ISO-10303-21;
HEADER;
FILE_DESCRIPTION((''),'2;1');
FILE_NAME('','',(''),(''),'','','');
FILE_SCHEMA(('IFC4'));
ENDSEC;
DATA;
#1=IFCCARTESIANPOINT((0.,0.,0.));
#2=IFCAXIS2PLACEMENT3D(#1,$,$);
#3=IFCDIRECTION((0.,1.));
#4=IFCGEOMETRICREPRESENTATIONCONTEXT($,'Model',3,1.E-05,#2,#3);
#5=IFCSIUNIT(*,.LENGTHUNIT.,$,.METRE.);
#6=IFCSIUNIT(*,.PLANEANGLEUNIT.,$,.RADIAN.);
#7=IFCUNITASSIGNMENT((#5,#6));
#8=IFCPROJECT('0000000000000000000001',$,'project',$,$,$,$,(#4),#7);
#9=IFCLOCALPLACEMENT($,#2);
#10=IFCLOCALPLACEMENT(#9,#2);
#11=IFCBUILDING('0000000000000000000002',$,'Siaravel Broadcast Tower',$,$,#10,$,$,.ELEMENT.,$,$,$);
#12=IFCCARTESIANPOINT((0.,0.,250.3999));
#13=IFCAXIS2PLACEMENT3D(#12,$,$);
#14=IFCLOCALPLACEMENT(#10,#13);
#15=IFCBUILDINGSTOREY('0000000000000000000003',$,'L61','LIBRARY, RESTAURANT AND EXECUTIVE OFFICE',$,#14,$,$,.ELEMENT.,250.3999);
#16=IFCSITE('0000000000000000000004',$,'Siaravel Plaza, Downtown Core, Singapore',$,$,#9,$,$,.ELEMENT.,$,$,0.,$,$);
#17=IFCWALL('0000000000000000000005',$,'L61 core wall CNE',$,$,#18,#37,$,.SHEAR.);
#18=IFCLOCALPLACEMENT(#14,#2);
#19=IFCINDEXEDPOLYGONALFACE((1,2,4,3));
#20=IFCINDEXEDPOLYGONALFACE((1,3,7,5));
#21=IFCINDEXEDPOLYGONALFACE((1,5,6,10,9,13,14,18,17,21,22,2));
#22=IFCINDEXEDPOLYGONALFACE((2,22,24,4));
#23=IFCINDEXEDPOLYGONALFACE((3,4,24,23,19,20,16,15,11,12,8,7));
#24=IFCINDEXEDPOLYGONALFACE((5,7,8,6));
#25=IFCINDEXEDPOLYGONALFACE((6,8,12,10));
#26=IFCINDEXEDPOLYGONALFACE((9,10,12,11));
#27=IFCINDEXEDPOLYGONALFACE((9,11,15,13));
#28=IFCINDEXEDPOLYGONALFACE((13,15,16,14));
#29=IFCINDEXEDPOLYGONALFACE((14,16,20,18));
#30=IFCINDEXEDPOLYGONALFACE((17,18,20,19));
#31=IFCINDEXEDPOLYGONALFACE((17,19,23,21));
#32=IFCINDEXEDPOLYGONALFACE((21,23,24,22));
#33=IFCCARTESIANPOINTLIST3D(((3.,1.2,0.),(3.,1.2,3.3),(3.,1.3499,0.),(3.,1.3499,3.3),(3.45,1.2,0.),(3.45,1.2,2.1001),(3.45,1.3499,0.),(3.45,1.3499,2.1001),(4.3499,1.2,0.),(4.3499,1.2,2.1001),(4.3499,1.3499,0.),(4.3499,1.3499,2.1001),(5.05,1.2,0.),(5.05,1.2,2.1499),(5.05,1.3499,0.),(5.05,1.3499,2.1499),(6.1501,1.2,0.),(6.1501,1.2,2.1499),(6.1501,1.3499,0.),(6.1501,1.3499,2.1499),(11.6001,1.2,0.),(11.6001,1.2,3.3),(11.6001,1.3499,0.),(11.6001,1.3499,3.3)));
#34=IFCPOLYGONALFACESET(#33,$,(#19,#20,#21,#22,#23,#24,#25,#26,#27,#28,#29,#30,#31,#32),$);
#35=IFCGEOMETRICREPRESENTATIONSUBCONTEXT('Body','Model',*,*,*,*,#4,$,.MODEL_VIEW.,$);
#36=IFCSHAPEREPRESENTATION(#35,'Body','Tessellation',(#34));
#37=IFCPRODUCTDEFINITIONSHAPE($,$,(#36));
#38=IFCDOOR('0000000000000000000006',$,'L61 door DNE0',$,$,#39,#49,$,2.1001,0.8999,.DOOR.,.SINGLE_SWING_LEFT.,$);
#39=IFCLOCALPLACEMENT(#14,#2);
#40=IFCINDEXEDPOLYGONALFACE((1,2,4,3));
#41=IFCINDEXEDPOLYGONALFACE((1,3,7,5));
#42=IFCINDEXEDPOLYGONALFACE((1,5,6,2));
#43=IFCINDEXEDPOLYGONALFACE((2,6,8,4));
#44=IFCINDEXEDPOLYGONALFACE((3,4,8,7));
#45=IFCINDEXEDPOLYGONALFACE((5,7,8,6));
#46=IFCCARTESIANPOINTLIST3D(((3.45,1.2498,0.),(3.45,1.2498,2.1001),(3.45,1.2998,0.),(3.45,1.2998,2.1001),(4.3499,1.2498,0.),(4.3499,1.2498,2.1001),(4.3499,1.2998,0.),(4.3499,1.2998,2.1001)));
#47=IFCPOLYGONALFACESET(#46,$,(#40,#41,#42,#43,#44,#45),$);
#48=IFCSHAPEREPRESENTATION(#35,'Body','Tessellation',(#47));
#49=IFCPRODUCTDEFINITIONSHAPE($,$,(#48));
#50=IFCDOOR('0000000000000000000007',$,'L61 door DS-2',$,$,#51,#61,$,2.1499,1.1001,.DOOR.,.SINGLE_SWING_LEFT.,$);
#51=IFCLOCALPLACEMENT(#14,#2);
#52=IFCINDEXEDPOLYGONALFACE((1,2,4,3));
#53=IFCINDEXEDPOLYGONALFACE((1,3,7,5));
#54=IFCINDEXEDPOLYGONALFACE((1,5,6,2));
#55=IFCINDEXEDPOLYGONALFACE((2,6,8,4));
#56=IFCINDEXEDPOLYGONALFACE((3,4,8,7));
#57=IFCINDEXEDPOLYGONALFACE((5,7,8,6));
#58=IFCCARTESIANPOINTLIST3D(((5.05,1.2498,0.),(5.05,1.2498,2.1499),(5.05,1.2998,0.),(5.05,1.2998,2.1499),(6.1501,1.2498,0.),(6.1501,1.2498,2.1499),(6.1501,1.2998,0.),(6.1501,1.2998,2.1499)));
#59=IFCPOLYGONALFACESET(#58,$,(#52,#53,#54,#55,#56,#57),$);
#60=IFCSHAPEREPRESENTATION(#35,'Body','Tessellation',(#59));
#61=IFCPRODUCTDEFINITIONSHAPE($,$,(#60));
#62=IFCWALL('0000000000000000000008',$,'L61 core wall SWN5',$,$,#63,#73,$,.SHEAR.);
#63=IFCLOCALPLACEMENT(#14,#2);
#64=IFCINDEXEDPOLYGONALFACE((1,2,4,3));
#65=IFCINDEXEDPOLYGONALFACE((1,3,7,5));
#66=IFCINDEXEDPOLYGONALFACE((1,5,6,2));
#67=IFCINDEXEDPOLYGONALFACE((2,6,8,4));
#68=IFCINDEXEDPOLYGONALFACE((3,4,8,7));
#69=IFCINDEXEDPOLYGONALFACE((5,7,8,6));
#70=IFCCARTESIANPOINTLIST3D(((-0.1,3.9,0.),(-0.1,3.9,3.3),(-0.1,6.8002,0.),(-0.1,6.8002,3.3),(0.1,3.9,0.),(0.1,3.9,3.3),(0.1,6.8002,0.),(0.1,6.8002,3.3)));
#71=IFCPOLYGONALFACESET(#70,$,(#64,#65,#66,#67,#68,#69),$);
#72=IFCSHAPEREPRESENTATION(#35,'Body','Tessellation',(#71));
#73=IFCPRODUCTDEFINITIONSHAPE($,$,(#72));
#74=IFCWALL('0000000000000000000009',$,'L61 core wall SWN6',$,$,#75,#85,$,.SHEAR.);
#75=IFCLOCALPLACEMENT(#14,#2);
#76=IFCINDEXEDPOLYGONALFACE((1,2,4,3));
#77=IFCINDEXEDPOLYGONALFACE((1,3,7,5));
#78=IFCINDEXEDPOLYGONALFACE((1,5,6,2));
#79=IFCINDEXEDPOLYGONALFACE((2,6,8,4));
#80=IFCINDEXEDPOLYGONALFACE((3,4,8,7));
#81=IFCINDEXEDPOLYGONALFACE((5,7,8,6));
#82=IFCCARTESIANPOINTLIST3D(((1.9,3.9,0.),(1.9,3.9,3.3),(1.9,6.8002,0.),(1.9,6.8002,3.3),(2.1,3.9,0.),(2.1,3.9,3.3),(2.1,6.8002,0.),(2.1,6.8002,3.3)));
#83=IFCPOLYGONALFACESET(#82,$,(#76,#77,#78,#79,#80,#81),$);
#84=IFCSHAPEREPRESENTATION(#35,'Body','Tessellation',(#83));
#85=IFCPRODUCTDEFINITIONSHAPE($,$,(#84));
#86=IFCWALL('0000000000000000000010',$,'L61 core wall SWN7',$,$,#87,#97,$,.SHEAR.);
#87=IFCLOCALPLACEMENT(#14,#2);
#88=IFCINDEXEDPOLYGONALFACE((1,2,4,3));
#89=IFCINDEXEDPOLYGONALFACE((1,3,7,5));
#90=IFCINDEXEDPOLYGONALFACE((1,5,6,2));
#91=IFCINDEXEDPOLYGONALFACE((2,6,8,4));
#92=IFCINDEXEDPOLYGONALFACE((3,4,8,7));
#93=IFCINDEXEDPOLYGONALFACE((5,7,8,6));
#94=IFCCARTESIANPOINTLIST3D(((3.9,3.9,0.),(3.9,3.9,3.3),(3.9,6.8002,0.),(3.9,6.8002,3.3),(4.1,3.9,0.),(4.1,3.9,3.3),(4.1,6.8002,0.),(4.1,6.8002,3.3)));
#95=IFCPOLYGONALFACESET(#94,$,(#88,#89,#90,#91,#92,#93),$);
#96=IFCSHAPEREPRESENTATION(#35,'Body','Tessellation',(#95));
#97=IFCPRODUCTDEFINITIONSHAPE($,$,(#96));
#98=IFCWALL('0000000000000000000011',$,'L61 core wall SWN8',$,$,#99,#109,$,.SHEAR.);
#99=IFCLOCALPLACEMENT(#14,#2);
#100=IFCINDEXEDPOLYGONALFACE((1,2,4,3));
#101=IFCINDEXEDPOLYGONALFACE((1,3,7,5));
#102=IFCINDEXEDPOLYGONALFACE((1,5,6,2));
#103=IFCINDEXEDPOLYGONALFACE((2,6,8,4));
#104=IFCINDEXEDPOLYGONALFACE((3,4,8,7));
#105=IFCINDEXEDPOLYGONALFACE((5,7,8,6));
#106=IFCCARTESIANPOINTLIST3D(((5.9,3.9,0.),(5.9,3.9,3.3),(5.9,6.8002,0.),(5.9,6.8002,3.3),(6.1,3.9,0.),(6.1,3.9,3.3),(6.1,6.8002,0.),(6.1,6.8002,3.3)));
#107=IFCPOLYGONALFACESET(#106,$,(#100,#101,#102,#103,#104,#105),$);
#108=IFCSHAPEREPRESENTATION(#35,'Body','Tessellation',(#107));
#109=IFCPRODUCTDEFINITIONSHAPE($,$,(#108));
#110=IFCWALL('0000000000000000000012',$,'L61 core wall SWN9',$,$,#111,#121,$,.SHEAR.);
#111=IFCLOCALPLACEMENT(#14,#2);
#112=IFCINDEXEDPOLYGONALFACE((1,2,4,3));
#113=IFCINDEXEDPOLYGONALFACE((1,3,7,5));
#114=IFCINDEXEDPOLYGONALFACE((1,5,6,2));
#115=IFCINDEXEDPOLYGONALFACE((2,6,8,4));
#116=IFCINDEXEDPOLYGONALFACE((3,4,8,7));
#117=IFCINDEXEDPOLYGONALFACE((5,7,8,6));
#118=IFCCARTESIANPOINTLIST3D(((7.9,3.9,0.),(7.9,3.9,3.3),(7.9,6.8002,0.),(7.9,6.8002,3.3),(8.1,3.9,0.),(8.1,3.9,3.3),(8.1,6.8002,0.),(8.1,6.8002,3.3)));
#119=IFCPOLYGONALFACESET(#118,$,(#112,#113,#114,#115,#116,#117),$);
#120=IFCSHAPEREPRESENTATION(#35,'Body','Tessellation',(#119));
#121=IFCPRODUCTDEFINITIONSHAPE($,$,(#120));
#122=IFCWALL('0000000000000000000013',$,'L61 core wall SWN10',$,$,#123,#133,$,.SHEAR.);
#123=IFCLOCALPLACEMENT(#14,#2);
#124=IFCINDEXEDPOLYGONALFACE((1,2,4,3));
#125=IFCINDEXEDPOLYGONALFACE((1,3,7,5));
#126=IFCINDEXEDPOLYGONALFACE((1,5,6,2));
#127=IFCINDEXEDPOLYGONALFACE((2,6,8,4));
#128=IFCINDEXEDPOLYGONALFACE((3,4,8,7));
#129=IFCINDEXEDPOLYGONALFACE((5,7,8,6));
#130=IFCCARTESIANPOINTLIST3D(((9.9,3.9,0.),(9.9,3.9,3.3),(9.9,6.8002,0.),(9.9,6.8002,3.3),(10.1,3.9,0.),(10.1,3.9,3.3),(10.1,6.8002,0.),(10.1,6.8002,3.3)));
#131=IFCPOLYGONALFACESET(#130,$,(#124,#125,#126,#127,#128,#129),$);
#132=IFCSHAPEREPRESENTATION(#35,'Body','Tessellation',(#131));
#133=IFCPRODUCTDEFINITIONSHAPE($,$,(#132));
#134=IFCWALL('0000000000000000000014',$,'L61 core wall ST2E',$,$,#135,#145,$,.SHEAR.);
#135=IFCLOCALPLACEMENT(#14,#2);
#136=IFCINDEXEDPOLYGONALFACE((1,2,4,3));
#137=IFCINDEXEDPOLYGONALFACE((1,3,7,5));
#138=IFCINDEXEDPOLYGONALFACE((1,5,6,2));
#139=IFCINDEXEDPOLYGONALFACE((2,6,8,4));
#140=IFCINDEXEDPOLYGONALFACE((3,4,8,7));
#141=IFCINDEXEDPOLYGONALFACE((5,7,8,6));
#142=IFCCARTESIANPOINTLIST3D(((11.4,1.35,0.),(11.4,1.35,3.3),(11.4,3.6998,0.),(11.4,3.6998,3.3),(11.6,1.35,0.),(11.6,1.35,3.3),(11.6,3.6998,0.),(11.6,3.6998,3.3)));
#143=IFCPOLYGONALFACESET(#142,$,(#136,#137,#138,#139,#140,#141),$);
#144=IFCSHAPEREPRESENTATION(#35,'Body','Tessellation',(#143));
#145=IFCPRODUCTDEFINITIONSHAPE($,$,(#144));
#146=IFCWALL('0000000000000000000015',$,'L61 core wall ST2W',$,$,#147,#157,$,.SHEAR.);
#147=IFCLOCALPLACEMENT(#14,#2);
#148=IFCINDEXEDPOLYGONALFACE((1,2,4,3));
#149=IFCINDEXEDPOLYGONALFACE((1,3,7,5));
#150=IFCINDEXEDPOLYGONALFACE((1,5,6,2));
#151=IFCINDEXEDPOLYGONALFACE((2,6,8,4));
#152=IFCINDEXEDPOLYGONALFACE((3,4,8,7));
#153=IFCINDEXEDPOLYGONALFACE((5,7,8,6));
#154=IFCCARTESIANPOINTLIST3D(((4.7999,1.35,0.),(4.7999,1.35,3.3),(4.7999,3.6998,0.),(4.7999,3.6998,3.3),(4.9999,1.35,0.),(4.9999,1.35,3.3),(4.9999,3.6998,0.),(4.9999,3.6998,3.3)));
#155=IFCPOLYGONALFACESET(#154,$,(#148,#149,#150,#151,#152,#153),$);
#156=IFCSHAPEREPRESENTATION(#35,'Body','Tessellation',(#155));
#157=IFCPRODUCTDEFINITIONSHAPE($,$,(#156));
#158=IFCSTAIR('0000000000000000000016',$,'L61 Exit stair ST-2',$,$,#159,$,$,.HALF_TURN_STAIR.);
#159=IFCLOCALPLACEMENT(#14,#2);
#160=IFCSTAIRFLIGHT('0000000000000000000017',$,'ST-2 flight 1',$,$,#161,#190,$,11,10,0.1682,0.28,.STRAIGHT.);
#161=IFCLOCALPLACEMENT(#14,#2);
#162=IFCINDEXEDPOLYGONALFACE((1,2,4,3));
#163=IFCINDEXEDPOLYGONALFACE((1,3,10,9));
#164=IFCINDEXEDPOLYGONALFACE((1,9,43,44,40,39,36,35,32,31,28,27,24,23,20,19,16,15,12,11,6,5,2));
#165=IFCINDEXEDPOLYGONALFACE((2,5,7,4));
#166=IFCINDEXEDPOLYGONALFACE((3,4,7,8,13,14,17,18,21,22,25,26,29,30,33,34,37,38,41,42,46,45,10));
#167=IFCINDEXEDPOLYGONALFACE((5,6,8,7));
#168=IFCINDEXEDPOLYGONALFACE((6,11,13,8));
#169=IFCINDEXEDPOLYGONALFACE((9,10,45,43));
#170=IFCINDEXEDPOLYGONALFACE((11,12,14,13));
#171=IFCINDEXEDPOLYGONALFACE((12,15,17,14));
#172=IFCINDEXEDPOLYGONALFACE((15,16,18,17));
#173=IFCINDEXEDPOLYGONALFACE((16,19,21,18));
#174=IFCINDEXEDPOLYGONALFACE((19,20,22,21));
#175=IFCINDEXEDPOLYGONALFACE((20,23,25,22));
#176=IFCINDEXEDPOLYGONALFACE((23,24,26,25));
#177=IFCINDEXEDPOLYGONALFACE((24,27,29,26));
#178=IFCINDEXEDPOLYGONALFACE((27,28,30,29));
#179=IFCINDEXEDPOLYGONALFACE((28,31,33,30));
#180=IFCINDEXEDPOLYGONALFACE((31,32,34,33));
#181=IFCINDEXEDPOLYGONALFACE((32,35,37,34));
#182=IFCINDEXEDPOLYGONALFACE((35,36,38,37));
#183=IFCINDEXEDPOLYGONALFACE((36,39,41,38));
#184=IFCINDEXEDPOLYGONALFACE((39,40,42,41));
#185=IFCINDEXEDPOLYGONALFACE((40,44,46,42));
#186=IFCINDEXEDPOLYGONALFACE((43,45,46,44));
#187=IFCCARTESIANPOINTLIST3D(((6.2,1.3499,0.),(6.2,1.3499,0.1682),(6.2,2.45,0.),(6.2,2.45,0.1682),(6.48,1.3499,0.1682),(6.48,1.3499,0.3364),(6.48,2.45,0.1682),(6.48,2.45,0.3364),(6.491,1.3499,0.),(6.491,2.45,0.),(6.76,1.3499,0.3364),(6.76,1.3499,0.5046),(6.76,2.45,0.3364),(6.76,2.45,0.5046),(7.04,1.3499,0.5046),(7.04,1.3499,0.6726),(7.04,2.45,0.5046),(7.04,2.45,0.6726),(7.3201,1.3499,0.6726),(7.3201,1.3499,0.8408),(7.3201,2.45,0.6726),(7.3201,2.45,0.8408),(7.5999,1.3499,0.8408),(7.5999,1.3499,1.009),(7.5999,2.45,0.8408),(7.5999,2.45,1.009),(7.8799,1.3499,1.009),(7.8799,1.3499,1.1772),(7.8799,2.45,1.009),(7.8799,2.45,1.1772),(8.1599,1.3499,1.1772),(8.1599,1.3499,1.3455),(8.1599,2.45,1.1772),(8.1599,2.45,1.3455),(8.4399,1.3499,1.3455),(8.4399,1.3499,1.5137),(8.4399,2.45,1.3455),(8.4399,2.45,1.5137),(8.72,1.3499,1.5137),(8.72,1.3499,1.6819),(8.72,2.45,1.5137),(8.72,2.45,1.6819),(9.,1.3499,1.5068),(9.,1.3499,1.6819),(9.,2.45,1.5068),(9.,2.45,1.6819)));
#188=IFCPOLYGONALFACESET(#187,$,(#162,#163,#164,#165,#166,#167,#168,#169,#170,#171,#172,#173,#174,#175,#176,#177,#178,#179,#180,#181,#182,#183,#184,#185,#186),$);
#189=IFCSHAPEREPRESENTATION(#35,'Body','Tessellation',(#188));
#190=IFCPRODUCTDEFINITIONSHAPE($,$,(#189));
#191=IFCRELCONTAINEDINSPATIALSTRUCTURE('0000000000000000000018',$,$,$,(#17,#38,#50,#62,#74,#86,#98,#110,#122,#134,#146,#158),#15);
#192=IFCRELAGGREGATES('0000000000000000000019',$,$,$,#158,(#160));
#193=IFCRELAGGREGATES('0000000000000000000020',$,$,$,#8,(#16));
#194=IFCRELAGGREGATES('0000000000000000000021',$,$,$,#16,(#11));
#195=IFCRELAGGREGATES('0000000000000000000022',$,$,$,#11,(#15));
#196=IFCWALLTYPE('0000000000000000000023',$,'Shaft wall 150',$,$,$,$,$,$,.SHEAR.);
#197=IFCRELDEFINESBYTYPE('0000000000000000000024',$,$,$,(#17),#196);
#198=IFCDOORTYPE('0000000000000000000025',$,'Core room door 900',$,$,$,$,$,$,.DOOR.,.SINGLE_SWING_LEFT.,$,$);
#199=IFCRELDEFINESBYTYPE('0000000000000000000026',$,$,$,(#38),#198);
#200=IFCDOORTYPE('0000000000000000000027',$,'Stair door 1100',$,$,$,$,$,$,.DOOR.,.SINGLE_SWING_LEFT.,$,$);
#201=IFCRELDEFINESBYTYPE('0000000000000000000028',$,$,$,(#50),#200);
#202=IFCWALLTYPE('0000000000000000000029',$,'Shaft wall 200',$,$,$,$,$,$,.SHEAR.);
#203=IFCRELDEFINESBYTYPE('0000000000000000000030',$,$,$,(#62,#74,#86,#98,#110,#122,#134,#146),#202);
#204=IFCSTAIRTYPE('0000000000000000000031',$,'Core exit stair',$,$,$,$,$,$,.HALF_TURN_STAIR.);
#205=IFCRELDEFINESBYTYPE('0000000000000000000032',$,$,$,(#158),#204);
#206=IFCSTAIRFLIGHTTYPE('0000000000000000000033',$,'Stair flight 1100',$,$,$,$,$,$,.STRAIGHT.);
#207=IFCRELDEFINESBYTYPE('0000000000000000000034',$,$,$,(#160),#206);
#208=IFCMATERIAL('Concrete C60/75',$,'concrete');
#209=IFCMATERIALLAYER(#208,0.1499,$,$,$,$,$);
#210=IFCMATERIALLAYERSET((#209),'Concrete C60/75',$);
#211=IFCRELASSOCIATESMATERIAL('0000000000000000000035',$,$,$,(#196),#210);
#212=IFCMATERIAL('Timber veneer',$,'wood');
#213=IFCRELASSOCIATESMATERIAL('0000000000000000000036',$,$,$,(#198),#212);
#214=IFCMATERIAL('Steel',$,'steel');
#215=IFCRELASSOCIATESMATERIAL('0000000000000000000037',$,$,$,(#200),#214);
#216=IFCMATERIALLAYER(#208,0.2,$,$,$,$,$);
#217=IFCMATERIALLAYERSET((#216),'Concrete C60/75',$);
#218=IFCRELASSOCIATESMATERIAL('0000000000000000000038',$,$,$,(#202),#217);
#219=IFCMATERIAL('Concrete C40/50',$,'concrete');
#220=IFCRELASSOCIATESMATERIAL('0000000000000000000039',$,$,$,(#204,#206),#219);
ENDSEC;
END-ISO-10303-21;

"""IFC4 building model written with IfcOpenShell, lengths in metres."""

from ifc_helpers import new_model, si_unit, direction, frame, frame_2d, origin, place, context, subcontext, project, spatial, polyline, rectangle, outline, extrude, material, layer, layer_set, type_object, element, fill, aggregate, save


model = new_model("IFC4")

# Units and contexts
model_context = context("Model", 3, precision=1e-05, world=origin(), true_north=direction((0.0, 1.0)))
body_context = subcontext(model_context, "Body", "Model", "MODEL_VIEW")
ifc_project = project(units=[si_unit("LENGTHUNIT", "METRE"), si_unit("PLANEANGLEUNIT", "RADIAN")], contexts=[model_context])

# Site, building, storey
site_placement = place(None, origin())
site = spatial("IfcSite", under=ifc_project, at=site_placement, Name="Siaravel Plaza, Downtown Core, Singapore", CompositionType="ELEMENT", RefElevation=0.0)
building_placement = place(site_placement, origin())
building = spatial("IfcBuilding", under=site, at=building_placement, Name="Siaravel Broadcast Tower", CompositionType="ELEMENT")
storey_placement = place(building_placement, frame((0.0, 0.0, 250.3999)))
storey = spatial("IfcBuildingStorey", under=building, at=storey_placement, Name="L61", Description="LIBRARY, RESTAURANT AND EXECUTIVE OFFICE", CompositionType="ELEMENT", Elevation=250.3999)

# Shared definitions
ifc_material_1 = material(Name="Steel", Category="steel")

# Wall, openings, doors
ifc_material_2 = material(Name="Concrete C60/75", Category="concrete")
ifc_layer_1 = layer(ifc_material_2, 0.1499)
ifc_layer_set_1 = layer_set([ifc_layer_1], Name="Concrete C60/75")
wall_type_1 = type_object("IfcWallType", Name="Shaft wall 150", PredefinedType="SHEAR", material=ifc_layer_set_1)
wall_1_placement = place(storey_placement, frame((3.0, 1.2749, 0.0), z_axis=(0.0, 0.0, 1.0), x_axis=(1.0, 0.0, 0.0)))
wall_1 = element("IfcWall", 1, at=wall_1_placement, inside=storey, type_object=wall_type_1, Name="L61 core wall CNE", PredefinedType="SHEAR", context=body_context, shape_type="SweptSolid", body=[
    extrude(rectangle(XDim=8.6001, YDim=0.1499, at=frame_2d((4.3, 0.0))), origin(), (0.0, 0.0, 1.0), 3.3),
])
opening_1_placement = place(wall_1_placement, frame((2.05, 0.0, 0.0)))
opening_1 = element("IfcOpeningElement", 2, at=opening_1_placement, cuts=wall_1, PredefinedType="OPENING", context=body_context, shape_type="SweptSolid", body=[
    extrude(rectangle(XDim=1.1001, YDim=2.1499, at=frame_2d((0.55, 1.075))), frame((0.0, 0.085, 0.0), z_axis=(0.0, -1.0, 0.0), x_axis=(1.0, 0.0, 0.0)), (0.0, 0.0, 1.0), 0.1699),
])
opening_2_placement = place(wall_1_placement, frame((0.45, 0.0, 0.0)))
opening_2 = element("IfcOpeningElement", 3, at=opening_2_placement, cuts=wall_1, PredefinedType="OPENING", context=body_context, shape_type="SweptSolid", body=[
    extrude(rectangle(XDim=0.8999, YDim=2.1001, at=frame_2d((0.45, 1.05))), frame((0.0, 0.085, 0.0), z_axis=(0.0, -1.0, 0.0), x_axis=(1.0, 0.0, 0.0)), (0.0, 0.0, 1.0), 0.1699),
])
ifc_material_3 = material(Name="Timber veneer", Category="wood")
door_type_1 = type_object("IfcDoorType", Name="Core room door 900", OperationType="SINGLE_SWING_LEFT", PredefinedType="DOOR", material=ifc_material_3)
door_1_placement = place(opening_2_placement, origin())
door_1 = element("IfcDoor", 4, at=door_1_placement, inside=storey, type_object=door_type_1, Name="L61 door DNE0", OperationType="SINGLE_SWING_LEFT", OverallHeight=2.1001, OverallWidth=0.8999, PredefinedType="DOOR", context=body_context, shape_type="SweptSolid", body=[
    extrude(rectangle(XDim=0.8999, YDim=2.1001, at=frame_2d((0.45, 1.05))), frame((0.0, 0.0249, 0.0), z_axis=(0.0, -1.0, 0.0), x_axis=(1.0, 0.0, 0.0)), (0.0, 0.0, 1.0), 0.05),
])
fill(opening_2, door_1)
door_type_2 = type_object("IfcDoorType", Name="Stair door 1100", OperationType="SINGLE_SWING_LEFT", PredefinedType="DOOR", material=ifc_material_1)
door_2_placement = place(opening_1_placement, origin())
door_2 = element("IfcDoor", 5, at=door_2_placement, inside=storey, type_object=door_type_2, Name="L61 door DS-2", OperationType="SINGLE_SWING_LEFT", OverallHeight=2.1499, OverallWidth=1.1001, PredefinedType="DOOR", context=body_context, shape_type="SweptSolid", body=[
    extrude(rectangle(XDim=1.1001, YDim=2.1499, at=frame_2d((0.55, 1.075))), frame((0.0, 0.0249, 0.0), z_axis=(0.0, -1.0, 0.0), x_axis=(1.0, 0.0, 0.0)), (0.0, 0.0, 1.0), 0.05),
])
fill(opening_1, door_2)

# Walls
ifc_layer_2 = layer(ifc_material_2, 0.2)
ifc_layer_set_2 = layer_set([ifc_layer_2], Name="Concrete C60/75")
wall_type_2 = type_object("IfcWallType", Name="Shaft wall 200", PredefinedType="SHEAR", material=ifc_layer_set_2)
for number, where, z_axis, x_axis, name in (
    (6, (0.0, 3.8999, 0.0), (0.0, 0.0, 1.0), (0.0, 1.0, 0.0), "L61 core wall SWN5"),
    (7, (2.0, 3.8999, 0.0), (0.0, 0.0, 1.0), (0.0, 1.0, 0.0), "L61 core wall SWN6"),
    (8, (4.0, 3.8999, 0.0), (0.0, 0.0, 1.0), (0.0, 1.0, 0.0), "L61 core wall SWN7"),
    (9, (6.0, 3.8999, 0.0), (0.0, 0.0, 1.0), (0.0, 1.0, 0.0), "L61 core wall SWN8"),
    (10, (8.0, 3.8999, 0.0), (0.0, 0.0, 1.0), (0.0, 1.0, 0.0), "L61 core wall SWN9"),
    (11, (10.0, 3.8999, 0.0), (0.0, 0.0, 1.0), (0.0, 1.0, 0.0), "L61 core wall SWN10"),
):
    element("IfcWall", number, at=place(storey_placement, frame(where, z_axis=z_axis, x_axis=x_axis)), inside=storey, type_object=wall_type_2, Name=name, PredefinedType="SHEAR", context=body_context, shape_type="SweptSolid", body=[
        extrude(rectangle(XDim=2.9001, YDim=0.2, at=frame_2d((1.4502, 0.0))), origin(), (0.0, 0.0, 1.0), 3.3),
    ])
for number, where, z_axis, x_axis, name in (
    (12, (11.5, 1.3501, 0.0), (0.0, 0.0, 1.0), (0.0, 1.0, 0.0), "L61 core wall ST2E"),
    (13, (4.8999, 1.3501, 0.0), (0.0, 0.0, 1.0), (0.0, 1.0, 0.0), "L61 core wall ST2W"),
):
    element("IfcWall", number, at=place(storey_placement, frame(where, z_axis=z_axis, x_axis=x_axis)), inside=storey, type_object=wall_type_2, Name=name, PredefinedType="SHEAR", context=body_context, shape_type="SweptSolid", body=[
        extrude(rectangle(XDim=2.3499, YDim=0.2, at=frame_2d((1.1748, 0.0))), origin(), (0.0, 0.0, 1.0), 3.3),
    ])

# Stair, stair flight
ifc_material_4 = material(Name="Concrete C40/50", Category="concrete")
stair_type = type_object("IfcStairType", Name="Core exit stair", PredefinedType="HALF_TURN_STAIR", material=ifc_material_4)
stair_placement = place(storey_placement, origin())
stair = element("IfcStair", 14, at=stair_placement, inside=storey, type_object=stair_type, Name="L61 Exit stair ST-2", PredefinedType="HALF_TURN_STAIR")
stair_flight_type = type_object("IfcStairFlightType", Name="Stair flight 1100", PredefinedType="STRAIGHT", material=ifc_material_4)
stair_flight_1_placement = place(storey_placement, frame((6.2, 1.8999, 0.0), z_axis=(0.0, 0.0, 1.0), x_axis=(1.0, 0.0, 0.0)))
stair_flight_1 = element("IfcStairFlight", 15, at=stair_flight_1_placement, type_object=stair_flight_type, Name="ST-2 flight 1", NumberOfRisers=11, NumberOfTreads=10, PredefinedType="STRAIGHT", RiserHeight=0.1682, TreadLength=0.28, context=body_context, shape_type="SweptSolid", body=[
    extrude(outline(polyline([(0.0, 0.0), (0.0, 0.1682), (0.28, 0.1682), (0.28, 0.3364), (0.5601, 0.3364), (0.5601, 0.5046), (0.8401, 0.5046), (0.8401, 0.6726), (1.1201, 0.6726), (1.1201, 0.8408), (1.3999, 0.8408), (1.3999, 1.009), (1.6799, 1.009), (1.6799, 1.1772), (1.96, 1.1772), (1.96, 1.3455), (2.24, 1.3455), (2.24, 1.5137), (2.52, 1.5137), (2.52, 1.6819), (2.8, 1.6819), (2.8, 1.8501), (2.8, 1.5068), (0.291, 0.0), (0.0, 0.0)])), frame((0.0, 0.55, 0.0), z_axis=(0.0, -1.0, 0.0), x_axis=(1.0, 0.0, 0.0)), (0.0, 0.0, 1.0), 1.1001),
])
aggregate(stair, [stair_flight_1])

save(model, "model.ifc")
